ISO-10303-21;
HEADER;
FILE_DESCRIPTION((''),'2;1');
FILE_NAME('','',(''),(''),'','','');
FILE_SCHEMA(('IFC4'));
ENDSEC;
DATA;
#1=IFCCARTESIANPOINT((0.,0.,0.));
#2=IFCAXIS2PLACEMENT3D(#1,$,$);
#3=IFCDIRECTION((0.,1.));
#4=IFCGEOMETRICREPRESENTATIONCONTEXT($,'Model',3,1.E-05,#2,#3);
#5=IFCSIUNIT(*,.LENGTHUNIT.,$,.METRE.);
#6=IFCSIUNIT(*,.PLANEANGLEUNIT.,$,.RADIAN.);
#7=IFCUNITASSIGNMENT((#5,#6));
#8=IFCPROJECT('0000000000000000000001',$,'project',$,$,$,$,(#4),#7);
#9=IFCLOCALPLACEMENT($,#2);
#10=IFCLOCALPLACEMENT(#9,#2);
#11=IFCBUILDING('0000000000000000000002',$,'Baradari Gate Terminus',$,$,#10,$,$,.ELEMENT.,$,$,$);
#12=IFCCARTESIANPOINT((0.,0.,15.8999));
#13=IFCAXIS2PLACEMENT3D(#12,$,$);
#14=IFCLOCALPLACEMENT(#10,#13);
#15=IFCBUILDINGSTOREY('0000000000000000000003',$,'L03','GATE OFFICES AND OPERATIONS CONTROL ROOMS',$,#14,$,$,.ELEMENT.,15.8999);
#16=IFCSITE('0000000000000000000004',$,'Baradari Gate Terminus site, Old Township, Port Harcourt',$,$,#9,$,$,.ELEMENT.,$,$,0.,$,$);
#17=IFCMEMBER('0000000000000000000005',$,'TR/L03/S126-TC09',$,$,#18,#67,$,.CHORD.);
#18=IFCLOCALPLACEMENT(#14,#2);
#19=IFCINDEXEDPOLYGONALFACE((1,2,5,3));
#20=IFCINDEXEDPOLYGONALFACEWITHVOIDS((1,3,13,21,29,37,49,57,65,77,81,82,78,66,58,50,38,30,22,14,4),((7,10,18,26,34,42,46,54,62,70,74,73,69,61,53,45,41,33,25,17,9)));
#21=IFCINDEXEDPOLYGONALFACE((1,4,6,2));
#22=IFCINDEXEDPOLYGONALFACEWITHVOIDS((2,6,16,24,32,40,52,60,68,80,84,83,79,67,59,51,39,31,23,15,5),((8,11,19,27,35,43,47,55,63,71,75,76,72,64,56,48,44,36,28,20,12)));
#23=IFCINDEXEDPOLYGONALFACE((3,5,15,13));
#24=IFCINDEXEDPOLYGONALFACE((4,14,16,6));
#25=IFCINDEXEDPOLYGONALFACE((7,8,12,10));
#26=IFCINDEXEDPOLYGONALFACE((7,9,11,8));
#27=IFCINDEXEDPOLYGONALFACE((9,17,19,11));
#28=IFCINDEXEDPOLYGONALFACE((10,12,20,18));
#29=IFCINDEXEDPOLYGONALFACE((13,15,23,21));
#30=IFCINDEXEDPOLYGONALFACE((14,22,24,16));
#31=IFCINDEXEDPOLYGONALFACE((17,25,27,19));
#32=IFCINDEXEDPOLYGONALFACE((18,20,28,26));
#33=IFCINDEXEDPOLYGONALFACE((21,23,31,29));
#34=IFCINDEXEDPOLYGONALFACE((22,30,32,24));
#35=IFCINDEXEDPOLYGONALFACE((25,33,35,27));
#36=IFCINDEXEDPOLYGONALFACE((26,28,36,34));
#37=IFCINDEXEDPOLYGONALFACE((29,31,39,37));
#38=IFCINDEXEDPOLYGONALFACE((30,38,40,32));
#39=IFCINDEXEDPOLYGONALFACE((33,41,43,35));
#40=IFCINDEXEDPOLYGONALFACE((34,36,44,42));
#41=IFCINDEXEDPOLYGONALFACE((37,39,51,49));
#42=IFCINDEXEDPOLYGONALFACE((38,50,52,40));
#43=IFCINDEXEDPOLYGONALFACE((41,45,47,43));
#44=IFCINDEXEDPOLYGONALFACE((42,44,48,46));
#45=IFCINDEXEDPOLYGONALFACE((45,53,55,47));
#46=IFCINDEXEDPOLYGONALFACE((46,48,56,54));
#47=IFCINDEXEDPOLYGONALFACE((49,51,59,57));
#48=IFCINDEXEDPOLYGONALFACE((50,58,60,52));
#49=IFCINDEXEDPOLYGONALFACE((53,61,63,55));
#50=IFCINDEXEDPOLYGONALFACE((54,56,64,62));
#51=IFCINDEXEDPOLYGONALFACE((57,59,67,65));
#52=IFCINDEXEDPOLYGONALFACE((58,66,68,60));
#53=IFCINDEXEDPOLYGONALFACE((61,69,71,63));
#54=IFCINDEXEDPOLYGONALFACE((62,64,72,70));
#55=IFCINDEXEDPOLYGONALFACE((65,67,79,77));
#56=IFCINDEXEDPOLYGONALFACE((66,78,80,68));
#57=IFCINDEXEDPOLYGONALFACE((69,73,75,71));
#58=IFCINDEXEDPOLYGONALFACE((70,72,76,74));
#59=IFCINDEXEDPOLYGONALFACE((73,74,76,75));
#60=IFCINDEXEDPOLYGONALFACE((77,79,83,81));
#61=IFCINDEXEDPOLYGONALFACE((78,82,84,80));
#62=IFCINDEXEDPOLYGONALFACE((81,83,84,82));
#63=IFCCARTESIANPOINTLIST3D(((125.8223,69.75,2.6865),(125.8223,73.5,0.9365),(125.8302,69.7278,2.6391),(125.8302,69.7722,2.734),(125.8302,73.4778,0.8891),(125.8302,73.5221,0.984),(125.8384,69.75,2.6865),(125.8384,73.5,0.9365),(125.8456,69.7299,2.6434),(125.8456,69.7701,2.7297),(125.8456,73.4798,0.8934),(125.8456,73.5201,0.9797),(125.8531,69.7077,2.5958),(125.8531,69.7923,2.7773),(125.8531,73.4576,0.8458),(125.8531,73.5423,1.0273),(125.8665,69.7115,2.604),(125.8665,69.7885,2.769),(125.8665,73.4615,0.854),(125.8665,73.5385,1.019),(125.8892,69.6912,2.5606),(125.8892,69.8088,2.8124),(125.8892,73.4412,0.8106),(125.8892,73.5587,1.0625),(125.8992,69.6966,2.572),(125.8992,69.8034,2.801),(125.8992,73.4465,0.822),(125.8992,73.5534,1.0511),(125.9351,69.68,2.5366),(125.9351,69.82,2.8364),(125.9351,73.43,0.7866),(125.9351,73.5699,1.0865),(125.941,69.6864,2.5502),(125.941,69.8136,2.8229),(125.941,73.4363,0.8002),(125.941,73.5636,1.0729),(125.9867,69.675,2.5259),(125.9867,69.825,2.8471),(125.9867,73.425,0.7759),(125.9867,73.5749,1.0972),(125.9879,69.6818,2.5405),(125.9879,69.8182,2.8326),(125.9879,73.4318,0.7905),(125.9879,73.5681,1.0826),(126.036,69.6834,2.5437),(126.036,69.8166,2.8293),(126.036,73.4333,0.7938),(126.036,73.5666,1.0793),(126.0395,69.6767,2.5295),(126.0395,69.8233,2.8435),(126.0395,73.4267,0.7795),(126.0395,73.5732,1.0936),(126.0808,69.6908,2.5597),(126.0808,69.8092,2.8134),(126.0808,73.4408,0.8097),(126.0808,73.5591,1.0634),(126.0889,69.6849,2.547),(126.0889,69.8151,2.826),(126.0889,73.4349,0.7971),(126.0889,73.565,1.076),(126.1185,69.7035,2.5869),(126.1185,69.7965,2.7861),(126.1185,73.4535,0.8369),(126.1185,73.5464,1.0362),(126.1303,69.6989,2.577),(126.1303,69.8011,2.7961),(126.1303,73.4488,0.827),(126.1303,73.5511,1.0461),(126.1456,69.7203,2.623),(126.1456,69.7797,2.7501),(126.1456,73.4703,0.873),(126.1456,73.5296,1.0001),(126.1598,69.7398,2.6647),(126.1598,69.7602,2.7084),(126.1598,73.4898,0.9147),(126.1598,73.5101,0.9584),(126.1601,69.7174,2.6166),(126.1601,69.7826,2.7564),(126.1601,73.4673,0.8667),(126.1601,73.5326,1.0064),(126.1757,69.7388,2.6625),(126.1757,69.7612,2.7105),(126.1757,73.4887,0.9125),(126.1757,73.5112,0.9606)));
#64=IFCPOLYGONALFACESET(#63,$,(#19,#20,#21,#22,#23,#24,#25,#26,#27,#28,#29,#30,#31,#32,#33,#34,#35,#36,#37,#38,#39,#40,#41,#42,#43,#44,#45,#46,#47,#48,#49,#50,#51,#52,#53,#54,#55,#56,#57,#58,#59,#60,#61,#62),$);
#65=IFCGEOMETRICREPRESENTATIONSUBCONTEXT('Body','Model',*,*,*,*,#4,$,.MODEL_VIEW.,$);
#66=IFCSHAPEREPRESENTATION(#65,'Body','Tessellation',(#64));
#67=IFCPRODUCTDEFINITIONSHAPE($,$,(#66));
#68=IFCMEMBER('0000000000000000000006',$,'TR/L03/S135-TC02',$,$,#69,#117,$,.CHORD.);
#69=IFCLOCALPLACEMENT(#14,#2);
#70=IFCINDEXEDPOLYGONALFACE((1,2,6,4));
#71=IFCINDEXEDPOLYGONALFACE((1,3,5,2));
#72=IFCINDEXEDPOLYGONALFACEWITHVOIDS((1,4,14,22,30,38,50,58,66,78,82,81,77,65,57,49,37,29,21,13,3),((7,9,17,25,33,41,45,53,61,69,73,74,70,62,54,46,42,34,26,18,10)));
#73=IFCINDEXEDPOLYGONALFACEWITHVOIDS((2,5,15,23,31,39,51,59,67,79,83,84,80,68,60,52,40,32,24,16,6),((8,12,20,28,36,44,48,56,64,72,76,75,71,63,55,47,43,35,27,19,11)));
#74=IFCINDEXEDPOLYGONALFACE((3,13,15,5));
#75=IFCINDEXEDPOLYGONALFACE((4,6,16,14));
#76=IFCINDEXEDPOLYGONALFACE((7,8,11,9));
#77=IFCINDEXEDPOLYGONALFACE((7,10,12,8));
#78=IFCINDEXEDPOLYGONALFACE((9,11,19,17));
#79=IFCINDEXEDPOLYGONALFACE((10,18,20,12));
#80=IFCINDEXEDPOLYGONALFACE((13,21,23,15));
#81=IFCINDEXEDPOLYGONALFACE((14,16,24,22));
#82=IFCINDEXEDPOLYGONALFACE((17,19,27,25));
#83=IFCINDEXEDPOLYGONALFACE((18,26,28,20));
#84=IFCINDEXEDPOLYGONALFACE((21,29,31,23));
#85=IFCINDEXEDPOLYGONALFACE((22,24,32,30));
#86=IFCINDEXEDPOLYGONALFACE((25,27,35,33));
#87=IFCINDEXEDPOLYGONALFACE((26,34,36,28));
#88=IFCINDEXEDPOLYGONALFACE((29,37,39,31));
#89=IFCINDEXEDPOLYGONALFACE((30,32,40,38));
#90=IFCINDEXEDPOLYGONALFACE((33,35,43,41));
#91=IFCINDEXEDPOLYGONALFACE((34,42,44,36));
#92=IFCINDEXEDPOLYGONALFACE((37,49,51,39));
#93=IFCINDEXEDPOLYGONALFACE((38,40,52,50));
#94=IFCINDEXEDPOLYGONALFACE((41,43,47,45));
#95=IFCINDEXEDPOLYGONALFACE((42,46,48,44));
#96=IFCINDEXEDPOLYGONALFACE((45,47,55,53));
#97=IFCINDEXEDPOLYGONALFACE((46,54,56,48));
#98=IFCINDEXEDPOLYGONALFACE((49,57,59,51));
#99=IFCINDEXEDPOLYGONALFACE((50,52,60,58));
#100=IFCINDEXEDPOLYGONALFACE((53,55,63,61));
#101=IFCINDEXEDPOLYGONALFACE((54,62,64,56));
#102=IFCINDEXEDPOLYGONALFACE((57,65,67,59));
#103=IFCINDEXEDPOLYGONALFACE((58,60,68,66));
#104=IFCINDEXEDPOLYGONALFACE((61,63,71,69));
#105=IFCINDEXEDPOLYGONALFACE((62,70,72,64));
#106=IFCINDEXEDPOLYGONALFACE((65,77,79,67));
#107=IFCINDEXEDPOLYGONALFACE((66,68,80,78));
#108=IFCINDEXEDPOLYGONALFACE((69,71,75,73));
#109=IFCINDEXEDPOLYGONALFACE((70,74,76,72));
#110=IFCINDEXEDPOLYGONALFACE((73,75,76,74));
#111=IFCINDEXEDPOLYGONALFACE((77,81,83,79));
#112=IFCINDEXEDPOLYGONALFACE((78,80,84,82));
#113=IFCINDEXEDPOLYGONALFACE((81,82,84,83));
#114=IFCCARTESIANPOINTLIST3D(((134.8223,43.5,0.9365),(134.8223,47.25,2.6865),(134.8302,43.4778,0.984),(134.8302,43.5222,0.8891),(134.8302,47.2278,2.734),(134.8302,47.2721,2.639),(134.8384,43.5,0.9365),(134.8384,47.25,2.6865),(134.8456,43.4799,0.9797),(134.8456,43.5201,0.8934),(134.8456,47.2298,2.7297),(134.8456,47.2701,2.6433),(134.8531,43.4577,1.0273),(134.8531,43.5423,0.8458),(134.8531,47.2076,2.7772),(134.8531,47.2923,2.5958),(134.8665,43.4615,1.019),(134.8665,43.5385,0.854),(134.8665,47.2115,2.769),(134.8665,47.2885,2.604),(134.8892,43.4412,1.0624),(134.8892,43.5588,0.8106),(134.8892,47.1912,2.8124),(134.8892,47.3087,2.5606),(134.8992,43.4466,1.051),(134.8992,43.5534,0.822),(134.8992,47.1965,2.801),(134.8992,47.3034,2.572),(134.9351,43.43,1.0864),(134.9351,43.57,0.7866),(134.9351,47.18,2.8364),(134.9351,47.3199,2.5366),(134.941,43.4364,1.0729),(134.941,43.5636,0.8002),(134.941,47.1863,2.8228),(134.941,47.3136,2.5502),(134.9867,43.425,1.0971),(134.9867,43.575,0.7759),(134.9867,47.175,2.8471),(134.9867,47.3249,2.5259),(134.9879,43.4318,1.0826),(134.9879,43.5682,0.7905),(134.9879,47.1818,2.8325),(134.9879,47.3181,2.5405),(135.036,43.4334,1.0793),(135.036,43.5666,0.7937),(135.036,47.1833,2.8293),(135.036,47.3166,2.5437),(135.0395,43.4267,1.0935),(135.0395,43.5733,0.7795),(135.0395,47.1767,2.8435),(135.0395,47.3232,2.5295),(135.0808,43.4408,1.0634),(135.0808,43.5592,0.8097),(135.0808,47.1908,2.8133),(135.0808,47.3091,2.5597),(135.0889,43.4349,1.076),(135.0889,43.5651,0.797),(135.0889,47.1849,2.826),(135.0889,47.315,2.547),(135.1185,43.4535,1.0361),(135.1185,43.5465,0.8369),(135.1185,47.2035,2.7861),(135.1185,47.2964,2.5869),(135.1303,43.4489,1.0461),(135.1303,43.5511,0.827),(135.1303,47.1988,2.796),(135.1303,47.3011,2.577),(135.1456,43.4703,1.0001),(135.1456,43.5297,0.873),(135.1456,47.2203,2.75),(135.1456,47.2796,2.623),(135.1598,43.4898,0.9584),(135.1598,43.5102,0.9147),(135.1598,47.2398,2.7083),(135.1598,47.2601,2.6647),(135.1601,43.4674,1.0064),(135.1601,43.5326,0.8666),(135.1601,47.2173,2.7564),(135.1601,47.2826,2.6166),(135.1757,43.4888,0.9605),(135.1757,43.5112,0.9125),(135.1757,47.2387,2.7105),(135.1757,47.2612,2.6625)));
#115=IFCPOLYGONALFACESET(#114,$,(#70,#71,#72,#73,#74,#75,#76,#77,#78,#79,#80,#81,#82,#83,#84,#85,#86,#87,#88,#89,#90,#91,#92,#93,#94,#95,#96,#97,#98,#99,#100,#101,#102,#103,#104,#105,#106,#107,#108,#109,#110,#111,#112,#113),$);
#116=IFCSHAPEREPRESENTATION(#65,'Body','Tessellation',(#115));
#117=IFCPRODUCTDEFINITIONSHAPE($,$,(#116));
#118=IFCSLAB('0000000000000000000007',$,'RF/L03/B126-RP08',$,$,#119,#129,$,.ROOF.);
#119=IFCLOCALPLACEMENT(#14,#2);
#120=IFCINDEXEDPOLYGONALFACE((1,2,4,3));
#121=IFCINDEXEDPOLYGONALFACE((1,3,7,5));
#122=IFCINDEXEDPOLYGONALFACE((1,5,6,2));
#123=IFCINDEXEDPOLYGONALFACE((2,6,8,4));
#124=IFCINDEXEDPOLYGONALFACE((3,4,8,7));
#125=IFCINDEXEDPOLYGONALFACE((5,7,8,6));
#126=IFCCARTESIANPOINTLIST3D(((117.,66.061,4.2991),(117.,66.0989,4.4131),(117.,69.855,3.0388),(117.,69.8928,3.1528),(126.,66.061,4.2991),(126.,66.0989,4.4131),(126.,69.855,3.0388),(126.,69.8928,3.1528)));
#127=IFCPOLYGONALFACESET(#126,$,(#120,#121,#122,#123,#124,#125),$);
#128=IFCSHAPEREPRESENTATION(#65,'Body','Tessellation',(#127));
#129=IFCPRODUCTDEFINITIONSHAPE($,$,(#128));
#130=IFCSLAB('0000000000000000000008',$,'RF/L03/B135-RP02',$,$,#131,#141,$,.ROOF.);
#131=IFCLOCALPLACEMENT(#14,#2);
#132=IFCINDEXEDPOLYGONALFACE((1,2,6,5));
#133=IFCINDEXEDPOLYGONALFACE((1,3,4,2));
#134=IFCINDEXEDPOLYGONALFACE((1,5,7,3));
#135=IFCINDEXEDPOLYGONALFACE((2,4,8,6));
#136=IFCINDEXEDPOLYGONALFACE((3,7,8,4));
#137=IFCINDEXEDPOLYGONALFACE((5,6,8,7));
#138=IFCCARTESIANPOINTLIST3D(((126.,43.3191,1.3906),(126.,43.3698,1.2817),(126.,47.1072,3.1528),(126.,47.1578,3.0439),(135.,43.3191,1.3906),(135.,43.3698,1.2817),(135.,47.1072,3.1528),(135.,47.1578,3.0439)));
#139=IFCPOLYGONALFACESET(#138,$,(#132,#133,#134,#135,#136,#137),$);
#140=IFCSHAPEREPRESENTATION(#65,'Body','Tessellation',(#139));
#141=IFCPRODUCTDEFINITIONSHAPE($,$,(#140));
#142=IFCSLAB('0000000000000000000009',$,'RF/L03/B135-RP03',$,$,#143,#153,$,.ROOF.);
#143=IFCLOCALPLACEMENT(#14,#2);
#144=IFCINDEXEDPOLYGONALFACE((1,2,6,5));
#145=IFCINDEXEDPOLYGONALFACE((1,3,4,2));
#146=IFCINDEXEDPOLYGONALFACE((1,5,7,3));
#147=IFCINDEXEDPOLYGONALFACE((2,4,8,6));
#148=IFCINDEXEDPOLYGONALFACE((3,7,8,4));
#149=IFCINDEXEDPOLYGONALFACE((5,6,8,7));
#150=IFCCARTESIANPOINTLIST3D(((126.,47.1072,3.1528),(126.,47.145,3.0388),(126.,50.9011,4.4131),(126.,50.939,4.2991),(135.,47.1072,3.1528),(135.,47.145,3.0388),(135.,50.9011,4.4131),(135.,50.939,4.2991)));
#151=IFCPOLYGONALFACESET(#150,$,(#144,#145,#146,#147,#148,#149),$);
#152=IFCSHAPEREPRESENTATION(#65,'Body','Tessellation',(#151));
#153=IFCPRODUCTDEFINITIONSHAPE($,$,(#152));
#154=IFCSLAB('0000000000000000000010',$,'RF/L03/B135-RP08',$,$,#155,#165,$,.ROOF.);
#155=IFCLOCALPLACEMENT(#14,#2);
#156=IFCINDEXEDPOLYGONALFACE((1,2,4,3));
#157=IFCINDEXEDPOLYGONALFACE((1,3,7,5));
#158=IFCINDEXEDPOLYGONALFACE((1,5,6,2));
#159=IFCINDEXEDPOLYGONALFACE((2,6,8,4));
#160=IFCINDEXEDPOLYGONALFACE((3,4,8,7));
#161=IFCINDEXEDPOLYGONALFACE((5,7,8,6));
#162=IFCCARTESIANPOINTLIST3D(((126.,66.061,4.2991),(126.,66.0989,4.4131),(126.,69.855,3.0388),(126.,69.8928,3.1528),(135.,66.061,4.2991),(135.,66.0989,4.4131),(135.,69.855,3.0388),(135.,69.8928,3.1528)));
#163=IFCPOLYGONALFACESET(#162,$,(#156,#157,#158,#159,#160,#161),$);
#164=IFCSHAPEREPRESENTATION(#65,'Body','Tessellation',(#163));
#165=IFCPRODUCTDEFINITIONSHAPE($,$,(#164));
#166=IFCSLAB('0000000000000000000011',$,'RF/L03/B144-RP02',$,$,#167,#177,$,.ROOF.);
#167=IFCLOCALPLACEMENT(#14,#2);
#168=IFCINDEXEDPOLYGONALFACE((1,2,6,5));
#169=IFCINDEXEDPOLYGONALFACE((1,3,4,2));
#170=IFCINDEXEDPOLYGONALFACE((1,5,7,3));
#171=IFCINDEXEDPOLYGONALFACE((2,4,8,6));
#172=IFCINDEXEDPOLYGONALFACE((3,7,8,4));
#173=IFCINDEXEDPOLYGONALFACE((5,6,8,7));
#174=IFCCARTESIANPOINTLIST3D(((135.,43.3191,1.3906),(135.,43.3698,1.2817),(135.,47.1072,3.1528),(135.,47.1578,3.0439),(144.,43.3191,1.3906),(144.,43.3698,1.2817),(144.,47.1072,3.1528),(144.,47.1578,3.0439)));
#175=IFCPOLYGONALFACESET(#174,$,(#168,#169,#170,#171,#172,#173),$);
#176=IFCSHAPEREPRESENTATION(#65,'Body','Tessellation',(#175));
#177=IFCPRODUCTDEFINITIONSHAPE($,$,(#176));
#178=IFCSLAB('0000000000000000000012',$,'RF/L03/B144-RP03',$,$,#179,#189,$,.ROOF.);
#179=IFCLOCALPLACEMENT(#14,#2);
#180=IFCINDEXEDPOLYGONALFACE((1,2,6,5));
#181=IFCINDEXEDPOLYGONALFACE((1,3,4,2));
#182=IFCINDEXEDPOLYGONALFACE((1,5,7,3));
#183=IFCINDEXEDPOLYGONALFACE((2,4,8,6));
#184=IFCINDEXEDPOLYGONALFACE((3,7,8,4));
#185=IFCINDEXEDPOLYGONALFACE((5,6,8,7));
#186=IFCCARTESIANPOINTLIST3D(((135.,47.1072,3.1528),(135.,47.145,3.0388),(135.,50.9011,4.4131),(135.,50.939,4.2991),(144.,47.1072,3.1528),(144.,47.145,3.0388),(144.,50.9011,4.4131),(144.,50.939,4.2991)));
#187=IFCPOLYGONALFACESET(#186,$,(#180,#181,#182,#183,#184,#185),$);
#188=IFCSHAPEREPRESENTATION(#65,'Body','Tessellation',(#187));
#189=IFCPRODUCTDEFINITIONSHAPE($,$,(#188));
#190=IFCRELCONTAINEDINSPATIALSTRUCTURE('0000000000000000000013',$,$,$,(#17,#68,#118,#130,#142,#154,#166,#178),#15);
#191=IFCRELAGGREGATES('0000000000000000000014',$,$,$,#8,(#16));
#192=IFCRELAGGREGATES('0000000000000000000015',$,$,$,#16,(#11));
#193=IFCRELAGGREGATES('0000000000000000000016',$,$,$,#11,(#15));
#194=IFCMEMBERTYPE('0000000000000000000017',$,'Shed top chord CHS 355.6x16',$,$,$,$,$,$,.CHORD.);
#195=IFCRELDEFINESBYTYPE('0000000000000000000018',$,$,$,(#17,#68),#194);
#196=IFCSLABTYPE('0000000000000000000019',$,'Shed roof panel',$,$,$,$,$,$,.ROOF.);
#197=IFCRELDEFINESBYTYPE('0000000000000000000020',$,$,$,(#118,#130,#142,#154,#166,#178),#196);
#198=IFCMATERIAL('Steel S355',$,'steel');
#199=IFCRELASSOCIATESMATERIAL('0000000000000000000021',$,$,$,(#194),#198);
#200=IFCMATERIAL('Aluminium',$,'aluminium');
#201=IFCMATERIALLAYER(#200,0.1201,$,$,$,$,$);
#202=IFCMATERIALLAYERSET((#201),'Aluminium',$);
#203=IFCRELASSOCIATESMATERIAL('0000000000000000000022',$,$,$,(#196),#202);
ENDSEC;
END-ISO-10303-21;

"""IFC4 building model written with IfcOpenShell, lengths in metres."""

from ifc_helpers import new_model, si_unit, direction, frame, origin, origin_2d, place, context, subcontext, project, spatial, polyline, hollow_circle, outline, extrude, material, layer, layer_set, material_profile, profile_set, type_object, element, save


model = new_model("IFC4")

# Units and contexts
model_context = context("Model", 3, precision=1e-05, world=origin(), true_north=direction((0.0, 1.0)))
body_context = subcontext(model_context, "Body", "Model", "MODEL_VIEW")
ifc_project = project(units=[si_unit("LENGTHUNIT", "METRE"), si_unit("PLANEANGLEUNIT", "RADIAN")], contexts=[model_context])

# Site, building, storey
site_placement = place(None, origin())
site = spatial("IfcSite", under=ifc_project, at=site_placement, Name="Baradari Gate Terminus site, Old Township, Port Harcourt", CompositionType="ELEMENT", RefElevation=0.0)
building_placement = place(site_placement, origin())
building = spatial("IfcBuilding", under=site, at=building_placement, Name="Baradari Gate Terminus", CompositionType="ELEMENT")
storey_placement = place(building_placement, frame((0.0, 0.0, 15.8999)))
storey = spatial("IfcBuildingStorey", under=building, at=storey_placement, Name="L03", Description="GATE OFFICES AND OPERATIONS CONTROL ROOMS", CompositionType="ELEMENT", Elevation=15.8999)

# Members
ifc_material_1 = material(Name="Steel S355", Category="steel")
ifc_material_profile_1 = material_profile(ifc_material_1, hollow_circle(Radius=0.1777, WallThickness=0.0161, at=origin_2d()), Name="CHS 355.6x16")
ifc_profile_set_1 = profile_set([ifc_material_profile_1], Name="Steel S355")
member_type_1 = type_object("IfcMemberType", Name="Shed top chord CHS 355.6x16", PredefinedType="CHORD", material=ifc_profile_set_1)
for number, where, z_axis, x_axis, name in (
    (1, (126.0, 69.75, 2.6865), (0.0, 0.906183, -0.422885), (-1.0, 0.0, 0.0), "TR/L03/S126-TC09"),
    (2, (135.0, 43.5, 0.9365), (0.0, 0.906183, 0.422885), (-1.0, 0.0, 0.0), "TR/L03/S135-TC02"),
):
    element("IfcMember", number, at=place(storey_placement, frame(where, z_axis=z_axis, x_axis=x_axis)), inside=storey, type_object=member_type_1, Name=name, PredefinedType="CHORD", context=body_context, shape_type="SweptSolid", body=[
        extrude(hollow_circle(Radius=0.1777, WallThickness=0.0161, at=origin_2d()), origin(), (0.0, 0.0, 1.0), 4.1382),
    ])

# Slabs
ifc_material_2 = material(Name="Aluminium", Category="aluminium")
ifc_layer = layer(ifc_material_2, 0.1201)
ifc_layer_set = layer_set([ifc_layer], Name="Aluminium")
slab_type = type_object("IfcSlabType", Name="Shed roof panel", PredefinedType="ROOF", material=ifc_layer_set)
slab_1_placement = place(storey_placement, frame((117.0, 66.0989, 4.4131), z_axis=(0.0, 0.315238, 0.949013), x_axis=(1.0, 0.0, 0.0)))
element("IfcSlab", 3, at=slab_1_placement, inside=storey, type_object=slab_type, Name="RF/L03/B126-RP08", PredefinedType="ROOF", context=body_context, shape_type="SweptSolid", body=[
    extrude(outline(polyline([(0.0, 0.0), (9.0, 0.0), (9.0, 3.9978), (0.0, 3.9978), (0.0, 0.0)])), origin(), (0.0, 0.0, -1.0), 0.1201),
])
slab_2_placement = place(storey_placement, frame((126.0, 43.3191, 1.3906), z_axis=(0.0, -0.421791, 0.906693), x_axis=(1.0, 0.0, 0.0)))
element("IfcSlab", 4, at=slab_2_placement, inside=storey, type_object=slab_type, Name="RF/L03/B135-RP02", PredefinedType="ROOF", context=body_context, shape_type="SweptSolid", body=[
    extrude(outline(polyline([(0.0, 0.0), (9.0, 0.0), (9.0, 4.1779), (0.0, 4.1779), (0.0, 0.0)])), origin(), (0.0, 0.0, -1.0), 0.1201),
])
for number, where, z_axis, x_axis, name in (
    (5, (126.0, 47.1072, 3.1528), (0.0, -0.315238, 0.949013), (1.0, 0.0, 0.0), "RF/L03/B135-RP03"),
    (6, (126.0, 66.0989, 4.4131), (0.0, 0.315238, 0.949013), (1.0, 0.0, 0.0), "RF/L03/B135-RP08"),
):
    element("IfcSlab", number, at=place(storey_placement, frame(where, z_axis=z_axis, x_axis=x_axis)), inside=storey, type_object=slab_type, Name=name, PredefinedType="ROOF", context=body_context, shape_type="SweptSolid", body=[
        extrude(outline(polyline([(0.0, 0.0), (9.0, 0.0), (9.0, 3.9978), (0.0, 3.9978), (0.0, 0.0)])), origin(), (0.0, 0.0, -1.0), 0.1201),
    ])
slab_3_placement = place(storey_placement, frame((135.0, 43.3191, 1.3906), z_axis=(0.0, -0.421791, 0.906693), x_axis=(1.0, 0.0, 0.0)))
element("IfcSlab", 7, at=slab_3_placement, inside=storey, type_object=slab_type, Name="RF/L03/B144-RP02", PredefinedType="ROOF", context=body_context, shape_type="SweptSolid", body=[
    extrude(outline(polyline([(0.0, 0.0), (9.0, 0.0), (9.0, 4.1779), (0.0, 4.1779), (0.0, 0.0)])), origin(), (0.0, 0.0, -1.0), 0.1201),
])
slab_4_placement = place(storey_placement, frame((135.0, 47.1072, 3.1528), z_axis=(0.0, -0.315238, 0.949013), x_axis=(1.0, 0.0, 0.0)))
element("IfcSlab", 8, at=slab_4_placement, inside=storey, type_object=slab_type, Name="RF/L03/B144-RP03", PredefinedType="ROOF", context=body_context, shape_type="SweptSolid", body=[
    extrude(outline(polyline([(0.0, 0.0), (9.0, 0.0), (9.0, 3.9978), (0.0, 3.9978), (0.0, 0.0)])), origin(), (0.0, 0.0, -1.0), 0.1201),
])

save(model, "model.ifc")
